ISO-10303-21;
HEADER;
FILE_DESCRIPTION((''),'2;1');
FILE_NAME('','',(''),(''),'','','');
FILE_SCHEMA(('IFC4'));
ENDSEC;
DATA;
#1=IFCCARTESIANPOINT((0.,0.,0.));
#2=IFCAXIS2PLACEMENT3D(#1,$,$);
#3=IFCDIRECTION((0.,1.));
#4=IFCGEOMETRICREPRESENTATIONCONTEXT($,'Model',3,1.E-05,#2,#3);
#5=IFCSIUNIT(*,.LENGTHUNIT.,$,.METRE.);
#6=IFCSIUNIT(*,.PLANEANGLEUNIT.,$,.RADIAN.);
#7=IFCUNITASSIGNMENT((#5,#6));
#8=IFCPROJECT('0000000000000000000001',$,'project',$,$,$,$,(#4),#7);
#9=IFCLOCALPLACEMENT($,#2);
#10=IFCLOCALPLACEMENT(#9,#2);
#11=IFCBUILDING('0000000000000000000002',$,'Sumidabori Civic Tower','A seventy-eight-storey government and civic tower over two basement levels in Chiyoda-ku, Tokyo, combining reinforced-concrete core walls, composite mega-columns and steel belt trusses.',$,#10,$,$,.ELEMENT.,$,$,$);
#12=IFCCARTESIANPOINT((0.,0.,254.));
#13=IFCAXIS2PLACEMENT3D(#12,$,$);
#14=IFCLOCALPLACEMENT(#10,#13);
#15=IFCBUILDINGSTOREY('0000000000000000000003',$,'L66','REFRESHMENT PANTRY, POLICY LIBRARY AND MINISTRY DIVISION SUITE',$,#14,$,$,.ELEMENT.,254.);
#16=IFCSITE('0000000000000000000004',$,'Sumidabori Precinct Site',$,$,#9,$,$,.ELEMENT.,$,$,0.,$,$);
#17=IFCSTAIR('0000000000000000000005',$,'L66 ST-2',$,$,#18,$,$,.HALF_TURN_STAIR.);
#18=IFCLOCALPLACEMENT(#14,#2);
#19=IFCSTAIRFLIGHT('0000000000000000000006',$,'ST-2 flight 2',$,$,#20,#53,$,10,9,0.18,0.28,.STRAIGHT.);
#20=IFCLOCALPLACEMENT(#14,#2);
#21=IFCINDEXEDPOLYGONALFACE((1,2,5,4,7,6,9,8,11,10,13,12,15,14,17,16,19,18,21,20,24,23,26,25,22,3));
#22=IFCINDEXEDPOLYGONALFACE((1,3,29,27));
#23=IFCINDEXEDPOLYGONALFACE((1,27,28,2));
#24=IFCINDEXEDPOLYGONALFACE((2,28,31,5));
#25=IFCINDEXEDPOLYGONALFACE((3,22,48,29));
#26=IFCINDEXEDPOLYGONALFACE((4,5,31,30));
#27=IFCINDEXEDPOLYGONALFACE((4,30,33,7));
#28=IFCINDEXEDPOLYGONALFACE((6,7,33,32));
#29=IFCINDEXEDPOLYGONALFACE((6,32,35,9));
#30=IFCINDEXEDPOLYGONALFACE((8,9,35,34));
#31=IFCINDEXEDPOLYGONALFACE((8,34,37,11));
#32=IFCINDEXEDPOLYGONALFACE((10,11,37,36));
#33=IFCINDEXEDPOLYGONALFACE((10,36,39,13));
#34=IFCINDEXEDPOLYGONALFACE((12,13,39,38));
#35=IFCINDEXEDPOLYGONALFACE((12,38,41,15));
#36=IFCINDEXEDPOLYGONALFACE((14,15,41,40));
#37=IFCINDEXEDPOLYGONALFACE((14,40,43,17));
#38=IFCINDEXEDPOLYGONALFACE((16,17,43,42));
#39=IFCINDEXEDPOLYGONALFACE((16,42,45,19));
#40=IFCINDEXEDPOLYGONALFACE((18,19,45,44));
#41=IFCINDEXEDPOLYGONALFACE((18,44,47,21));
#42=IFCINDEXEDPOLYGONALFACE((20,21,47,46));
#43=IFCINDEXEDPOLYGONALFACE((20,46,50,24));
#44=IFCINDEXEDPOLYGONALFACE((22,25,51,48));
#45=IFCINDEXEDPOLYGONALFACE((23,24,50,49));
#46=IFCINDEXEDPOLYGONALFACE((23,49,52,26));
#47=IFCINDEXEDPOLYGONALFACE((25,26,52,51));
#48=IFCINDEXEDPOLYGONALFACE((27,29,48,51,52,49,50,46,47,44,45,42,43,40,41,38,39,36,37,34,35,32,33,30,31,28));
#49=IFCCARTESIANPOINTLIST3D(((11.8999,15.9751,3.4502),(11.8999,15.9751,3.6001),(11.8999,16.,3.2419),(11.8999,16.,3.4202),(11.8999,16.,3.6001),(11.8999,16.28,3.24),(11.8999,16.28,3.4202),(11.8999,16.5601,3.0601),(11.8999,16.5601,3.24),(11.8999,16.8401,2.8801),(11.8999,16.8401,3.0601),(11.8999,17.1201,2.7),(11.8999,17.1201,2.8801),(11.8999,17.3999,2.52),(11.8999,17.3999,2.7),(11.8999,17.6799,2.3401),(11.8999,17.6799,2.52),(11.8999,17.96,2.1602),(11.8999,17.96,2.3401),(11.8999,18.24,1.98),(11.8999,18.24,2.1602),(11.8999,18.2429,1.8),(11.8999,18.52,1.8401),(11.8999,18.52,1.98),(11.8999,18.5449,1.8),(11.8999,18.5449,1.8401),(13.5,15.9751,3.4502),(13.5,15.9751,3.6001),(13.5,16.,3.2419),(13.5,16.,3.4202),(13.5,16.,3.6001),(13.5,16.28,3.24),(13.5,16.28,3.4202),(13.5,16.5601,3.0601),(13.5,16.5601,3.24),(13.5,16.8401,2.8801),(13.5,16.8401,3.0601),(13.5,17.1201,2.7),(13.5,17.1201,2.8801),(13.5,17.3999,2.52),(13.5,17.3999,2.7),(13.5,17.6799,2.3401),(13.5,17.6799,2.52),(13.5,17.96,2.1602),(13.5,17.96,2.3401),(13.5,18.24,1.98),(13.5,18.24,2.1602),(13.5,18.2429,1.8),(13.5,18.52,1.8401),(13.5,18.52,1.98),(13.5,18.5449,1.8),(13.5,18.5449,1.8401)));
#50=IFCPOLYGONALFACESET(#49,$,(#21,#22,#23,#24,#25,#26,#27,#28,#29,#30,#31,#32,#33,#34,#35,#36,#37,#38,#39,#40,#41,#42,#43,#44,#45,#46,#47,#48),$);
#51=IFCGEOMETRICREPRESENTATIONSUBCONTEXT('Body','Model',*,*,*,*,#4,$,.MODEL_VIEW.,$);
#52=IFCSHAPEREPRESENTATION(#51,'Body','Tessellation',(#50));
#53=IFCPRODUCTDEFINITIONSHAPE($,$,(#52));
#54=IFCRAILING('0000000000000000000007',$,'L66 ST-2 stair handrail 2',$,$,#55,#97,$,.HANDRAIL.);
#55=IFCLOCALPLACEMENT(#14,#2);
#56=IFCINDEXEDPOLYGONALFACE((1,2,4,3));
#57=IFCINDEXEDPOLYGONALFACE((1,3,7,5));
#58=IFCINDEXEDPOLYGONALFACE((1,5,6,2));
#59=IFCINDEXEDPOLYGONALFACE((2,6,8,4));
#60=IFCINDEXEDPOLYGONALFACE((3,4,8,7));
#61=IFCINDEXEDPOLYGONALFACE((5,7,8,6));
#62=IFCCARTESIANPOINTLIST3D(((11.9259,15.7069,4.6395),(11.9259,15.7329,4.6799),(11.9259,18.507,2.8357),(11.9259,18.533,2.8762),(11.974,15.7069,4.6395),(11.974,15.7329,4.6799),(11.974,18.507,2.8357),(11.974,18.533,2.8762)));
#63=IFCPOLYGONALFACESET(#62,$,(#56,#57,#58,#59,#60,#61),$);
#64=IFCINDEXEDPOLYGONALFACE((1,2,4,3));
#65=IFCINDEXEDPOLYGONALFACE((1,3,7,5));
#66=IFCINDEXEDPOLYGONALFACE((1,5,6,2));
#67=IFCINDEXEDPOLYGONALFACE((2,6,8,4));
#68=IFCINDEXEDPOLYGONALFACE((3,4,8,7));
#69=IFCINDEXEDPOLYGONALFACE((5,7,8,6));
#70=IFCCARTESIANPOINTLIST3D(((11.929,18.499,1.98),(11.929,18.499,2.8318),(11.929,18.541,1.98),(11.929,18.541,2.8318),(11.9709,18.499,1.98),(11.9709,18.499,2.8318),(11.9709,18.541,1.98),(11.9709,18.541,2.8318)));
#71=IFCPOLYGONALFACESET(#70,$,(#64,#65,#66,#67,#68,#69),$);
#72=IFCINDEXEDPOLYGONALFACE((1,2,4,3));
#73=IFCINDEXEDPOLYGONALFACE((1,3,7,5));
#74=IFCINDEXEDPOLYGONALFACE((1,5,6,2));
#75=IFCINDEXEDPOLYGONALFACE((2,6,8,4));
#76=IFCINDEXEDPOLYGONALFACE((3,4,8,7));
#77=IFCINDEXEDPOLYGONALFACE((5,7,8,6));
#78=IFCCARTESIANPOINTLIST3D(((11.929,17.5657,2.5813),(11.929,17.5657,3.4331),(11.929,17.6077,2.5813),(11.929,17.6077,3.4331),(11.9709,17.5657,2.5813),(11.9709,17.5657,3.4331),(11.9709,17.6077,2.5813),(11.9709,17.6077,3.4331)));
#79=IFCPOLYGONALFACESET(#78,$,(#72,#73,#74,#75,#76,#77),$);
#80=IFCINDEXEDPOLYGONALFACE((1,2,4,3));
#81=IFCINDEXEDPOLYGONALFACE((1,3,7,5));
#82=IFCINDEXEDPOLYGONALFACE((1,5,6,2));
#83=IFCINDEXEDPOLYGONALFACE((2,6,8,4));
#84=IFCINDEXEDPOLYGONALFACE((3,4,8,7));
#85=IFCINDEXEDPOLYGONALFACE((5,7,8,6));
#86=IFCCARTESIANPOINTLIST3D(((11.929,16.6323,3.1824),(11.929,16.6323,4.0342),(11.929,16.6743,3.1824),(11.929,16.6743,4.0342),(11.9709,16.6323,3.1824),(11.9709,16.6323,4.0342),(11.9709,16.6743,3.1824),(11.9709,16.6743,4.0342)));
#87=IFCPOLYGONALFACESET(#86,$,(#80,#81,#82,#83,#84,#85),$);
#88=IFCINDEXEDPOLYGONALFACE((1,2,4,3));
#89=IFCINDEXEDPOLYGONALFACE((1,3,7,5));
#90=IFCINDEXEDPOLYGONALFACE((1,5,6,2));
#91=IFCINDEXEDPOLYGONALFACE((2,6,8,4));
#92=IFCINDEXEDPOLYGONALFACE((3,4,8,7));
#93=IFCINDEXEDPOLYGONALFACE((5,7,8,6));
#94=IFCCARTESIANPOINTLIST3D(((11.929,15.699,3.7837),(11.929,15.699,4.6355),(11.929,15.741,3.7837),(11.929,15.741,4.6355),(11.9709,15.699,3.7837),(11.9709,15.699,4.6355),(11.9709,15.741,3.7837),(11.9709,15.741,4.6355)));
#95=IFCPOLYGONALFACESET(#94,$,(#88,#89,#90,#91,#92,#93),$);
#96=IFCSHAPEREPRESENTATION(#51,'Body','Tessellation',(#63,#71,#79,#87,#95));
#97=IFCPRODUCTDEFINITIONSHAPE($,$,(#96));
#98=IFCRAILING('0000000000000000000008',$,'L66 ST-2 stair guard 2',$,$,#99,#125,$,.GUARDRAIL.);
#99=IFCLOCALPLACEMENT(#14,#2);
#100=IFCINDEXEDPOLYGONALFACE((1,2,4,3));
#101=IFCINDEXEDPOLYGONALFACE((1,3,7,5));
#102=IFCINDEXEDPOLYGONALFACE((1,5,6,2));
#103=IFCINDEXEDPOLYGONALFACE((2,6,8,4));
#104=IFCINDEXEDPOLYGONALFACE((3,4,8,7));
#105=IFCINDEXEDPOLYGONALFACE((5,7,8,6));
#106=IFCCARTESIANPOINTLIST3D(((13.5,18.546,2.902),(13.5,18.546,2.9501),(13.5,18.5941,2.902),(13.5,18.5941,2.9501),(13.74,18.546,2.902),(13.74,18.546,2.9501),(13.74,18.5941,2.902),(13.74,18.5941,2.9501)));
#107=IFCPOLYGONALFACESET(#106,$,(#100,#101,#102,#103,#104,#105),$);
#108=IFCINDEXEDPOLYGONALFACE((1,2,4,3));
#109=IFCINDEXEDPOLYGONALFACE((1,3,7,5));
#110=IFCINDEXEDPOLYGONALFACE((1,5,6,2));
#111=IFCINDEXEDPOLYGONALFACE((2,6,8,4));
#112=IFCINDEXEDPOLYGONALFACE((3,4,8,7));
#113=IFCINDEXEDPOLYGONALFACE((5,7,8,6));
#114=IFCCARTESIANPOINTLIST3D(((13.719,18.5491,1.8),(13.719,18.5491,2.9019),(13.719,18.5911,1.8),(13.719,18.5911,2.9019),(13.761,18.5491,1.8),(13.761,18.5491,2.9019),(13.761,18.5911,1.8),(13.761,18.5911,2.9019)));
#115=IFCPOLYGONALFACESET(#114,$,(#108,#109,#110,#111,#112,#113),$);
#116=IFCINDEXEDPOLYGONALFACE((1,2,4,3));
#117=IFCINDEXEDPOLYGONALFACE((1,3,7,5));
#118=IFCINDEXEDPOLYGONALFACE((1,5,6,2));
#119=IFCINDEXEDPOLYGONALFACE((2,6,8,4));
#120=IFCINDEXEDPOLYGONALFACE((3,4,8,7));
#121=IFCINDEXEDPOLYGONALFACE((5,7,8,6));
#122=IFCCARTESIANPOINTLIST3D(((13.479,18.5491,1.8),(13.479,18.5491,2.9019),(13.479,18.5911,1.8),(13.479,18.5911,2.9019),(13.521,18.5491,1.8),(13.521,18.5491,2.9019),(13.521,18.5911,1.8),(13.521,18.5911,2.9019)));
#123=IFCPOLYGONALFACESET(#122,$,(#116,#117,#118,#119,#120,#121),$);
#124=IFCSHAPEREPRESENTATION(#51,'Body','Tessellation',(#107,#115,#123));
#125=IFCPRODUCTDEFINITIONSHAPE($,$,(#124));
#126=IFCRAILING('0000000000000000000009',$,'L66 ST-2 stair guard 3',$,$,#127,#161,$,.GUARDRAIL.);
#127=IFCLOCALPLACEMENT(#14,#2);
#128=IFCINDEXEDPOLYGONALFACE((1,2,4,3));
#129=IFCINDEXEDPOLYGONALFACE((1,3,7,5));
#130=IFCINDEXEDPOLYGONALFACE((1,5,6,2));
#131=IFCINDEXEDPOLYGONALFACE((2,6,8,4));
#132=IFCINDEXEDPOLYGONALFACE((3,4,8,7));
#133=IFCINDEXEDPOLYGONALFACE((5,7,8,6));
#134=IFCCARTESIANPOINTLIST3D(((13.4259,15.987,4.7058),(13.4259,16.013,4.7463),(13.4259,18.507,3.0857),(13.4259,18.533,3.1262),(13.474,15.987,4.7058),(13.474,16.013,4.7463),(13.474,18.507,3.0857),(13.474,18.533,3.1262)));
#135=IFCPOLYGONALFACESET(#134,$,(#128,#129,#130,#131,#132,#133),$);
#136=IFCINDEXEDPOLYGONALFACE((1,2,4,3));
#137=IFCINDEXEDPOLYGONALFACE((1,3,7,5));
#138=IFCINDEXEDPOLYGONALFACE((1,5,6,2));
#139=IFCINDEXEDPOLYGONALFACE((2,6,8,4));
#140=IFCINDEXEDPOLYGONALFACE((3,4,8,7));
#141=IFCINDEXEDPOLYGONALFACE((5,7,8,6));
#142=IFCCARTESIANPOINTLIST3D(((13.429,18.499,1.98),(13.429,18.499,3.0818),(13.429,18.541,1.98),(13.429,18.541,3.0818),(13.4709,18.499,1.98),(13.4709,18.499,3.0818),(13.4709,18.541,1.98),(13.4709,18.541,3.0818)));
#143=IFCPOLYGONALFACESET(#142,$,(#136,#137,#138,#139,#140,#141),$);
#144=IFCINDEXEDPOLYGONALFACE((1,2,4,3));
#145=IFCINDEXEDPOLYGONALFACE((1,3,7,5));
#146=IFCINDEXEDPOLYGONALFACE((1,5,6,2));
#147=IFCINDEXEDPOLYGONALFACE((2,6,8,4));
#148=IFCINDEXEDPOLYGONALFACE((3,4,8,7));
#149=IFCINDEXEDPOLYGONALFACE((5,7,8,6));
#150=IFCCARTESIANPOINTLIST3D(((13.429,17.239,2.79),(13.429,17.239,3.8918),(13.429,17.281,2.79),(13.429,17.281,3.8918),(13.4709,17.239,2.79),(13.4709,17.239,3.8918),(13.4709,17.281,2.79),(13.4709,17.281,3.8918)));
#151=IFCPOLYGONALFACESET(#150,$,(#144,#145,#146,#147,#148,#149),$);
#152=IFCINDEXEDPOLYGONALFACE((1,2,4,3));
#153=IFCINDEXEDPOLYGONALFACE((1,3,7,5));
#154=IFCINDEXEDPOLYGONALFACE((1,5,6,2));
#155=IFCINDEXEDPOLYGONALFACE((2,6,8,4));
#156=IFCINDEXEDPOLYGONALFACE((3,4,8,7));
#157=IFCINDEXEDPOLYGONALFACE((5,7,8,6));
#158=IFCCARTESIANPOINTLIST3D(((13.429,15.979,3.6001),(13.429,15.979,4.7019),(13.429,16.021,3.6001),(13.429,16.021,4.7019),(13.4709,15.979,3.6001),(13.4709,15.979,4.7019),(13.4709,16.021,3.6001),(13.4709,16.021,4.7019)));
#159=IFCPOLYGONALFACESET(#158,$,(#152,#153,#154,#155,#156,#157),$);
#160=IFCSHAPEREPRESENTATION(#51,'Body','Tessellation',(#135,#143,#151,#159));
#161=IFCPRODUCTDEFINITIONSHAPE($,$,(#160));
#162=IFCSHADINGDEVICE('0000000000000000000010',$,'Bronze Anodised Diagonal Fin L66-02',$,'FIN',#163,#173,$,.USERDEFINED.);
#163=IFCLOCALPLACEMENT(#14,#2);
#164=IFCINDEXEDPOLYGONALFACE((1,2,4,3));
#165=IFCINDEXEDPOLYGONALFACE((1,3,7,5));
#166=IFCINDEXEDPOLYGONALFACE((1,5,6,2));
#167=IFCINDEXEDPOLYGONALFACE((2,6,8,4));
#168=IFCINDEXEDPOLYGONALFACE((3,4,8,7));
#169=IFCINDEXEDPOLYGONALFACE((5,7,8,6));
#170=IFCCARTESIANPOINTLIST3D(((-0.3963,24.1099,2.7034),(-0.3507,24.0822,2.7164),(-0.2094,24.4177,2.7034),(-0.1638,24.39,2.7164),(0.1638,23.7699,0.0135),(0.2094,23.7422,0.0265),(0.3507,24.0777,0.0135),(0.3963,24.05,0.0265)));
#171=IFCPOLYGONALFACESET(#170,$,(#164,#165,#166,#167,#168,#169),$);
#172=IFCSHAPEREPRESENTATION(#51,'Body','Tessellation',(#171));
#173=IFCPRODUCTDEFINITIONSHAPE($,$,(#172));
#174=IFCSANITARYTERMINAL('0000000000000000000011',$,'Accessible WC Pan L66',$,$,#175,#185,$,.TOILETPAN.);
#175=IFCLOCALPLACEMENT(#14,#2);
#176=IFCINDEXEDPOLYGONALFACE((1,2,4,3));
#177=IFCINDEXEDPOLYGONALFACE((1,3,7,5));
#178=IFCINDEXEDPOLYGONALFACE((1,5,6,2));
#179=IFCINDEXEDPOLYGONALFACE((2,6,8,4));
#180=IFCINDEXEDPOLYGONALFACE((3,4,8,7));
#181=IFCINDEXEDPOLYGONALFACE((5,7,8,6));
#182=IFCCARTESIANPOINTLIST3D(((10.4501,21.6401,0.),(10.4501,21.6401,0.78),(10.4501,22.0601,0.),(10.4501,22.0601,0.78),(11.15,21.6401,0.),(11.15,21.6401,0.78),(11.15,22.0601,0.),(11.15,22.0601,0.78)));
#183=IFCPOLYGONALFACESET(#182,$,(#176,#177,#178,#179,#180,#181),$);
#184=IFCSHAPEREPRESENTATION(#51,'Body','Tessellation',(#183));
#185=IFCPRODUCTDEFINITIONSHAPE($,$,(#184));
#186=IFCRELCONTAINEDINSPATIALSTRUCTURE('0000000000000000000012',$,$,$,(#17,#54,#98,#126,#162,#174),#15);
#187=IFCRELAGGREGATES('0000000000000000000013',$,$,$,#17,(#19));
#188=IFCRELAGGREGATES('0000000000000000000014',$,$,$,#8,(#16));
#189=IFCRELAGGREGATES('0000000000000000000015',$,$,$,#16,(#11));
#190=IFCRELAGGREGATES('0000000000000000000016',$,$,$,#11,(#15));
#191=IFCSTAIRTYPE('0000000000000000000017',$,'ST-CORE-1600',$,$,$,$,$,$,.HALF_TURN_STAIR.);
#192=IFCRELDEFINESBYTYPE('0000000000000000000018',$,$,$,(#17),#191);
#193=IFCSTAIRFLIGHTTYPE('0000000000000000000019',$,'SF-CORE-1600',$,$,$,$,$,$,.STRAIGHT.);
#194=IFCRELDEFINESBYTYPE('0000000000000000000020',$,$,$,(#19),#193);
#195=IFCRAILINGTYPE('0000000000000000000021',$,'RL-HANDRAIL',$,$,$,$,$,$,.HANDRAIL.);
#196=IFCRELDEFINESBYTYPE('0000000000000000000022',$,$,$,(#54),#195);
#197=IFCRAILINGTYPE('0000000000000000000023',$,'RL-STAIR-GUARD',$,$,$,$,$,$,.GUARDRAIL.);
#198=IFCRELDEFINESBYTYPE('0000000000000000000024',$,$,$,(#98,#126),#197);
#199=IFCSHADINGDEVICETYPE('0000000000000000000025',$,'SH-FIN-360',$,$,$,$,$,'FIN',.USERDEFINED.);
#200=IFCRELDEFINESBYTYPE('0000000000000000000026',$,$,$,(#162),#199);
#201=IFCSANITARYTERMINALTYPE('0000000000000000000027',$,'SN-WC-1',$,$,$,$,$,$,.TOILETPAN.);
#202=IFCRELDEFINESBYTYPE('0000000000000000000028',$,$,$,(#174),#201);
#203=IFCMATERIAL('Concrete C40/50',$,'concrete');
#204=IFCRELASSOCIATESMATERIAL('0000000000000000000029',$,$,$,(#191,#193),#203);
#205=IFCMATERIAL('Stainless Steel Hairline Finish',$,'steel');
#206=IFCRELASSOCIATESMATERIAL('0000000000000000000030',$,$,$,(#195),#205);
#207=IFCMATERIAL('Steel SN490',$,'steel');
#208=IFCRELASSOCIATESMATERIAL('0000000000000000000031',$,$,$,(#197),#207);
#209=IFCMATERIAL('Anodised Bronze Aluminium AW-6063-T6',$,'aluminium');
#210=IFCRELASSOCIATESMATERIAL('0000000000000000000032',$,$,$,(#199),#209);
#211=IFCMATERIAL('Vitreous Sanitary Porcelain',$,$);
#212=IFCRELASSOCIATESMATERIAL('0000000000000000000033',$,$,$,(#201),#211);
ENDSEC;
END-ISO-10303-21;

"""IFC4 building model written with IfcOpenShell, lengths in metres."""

from ifc_helpers import new_model, si_unit, direction, frame, origin, origin_2d, place, context, subcontext, project, spatial, polyline, rectangle, outline, extrude, source, transform, mapped, material, material_profile, profile_set, type_object, element, aggregate, save


model = new_model("IFC4")

# Units and contexts
model_context = context("Model", 3, precision=1e-05, world=origin(), true_north=direction((0.0, 1.0)))
body_context = subcontext(model_context, "Body", "Model", "MODEL_VIEW")
ifc_project = project(units=[si_unit("LENGTHUNIT", "METRE"), si_unit("PLANEANGLEUNIT", "RADIAN")], contexts=[model_context])

# Site, building, storey
site_placement = place(None, origin())
site = spatial("IfcSite", under=ifc_project, at=site_placement, Name="Sumidabori Precinct Site", CompositionType="ELEMENT", RefElevation=0.0)
building_placement = place(site_placement, origin())
building = spatial("IfcBuilding", under=site, at=building_placement, Name="Sumidabori Civic Tower", Description="A seventy-eight-storey government and civic tower over two basement levels in Chiyoda-ku, Tokyo, combining reinforced-concrete core walls, composite mega-columns and steel belt trusses.", CompositionType="ELEMENT")
storey_placement = place(building_placement, frame((0.0, 0.0, 254.0)))
storey = spatial("IfcBuildingStorey", under=building, at=storey_placement, Name="L66", Description="REFRESHMENT PANTRY, POLICY LIBRARY AND MINISTRY DIVISION SUITE", CompositionType="ELEMENT", Elevation=254.0)

# Shared definitions
ifc_material_1 = material(Name="Steel SN490", Category="steel")

# Shared definitions
ifc_material_2 = material(Name="Anodised Bronze Aluminium AW-6063-T6", Category="aluminium")

# Stair, stair flight
ifc_material_3 = material(Name="Concrete C40/50", Category="concrete")
stair_type = type_object("IfcStairType", Name="ST-CORE-1600", PredefinedType="HALF_TURN_STAIR", material=ifc_material_3)
stair_placement = place(storey_placement, origin())
stair = element("IfcStair", 1, at=stair_placement, inside=storey, type_object=stair_type, Name="L66 ST-2", PredefinedType="HALF_TURN_STAIR")
stair_flight_type = type_object("IfcStairFlightType", Name="SF-CORE-1600", PredefinedType="STRAIGHT", material=ifc_material_3)
shared_shape_1 = source(origin(), body_context, "Body", "SweptSolid", [
    extrude(outline(polyline([(-0.0249, 0.0), (-0.0249, 0.04), (0.0, 0.04), (0.0, 0.1799), (0.28, 0.1799), (0.28, 0.3601), (0.5601, 0.3601), (0.5601, 0.54), (0.8401, 0.54), (0.8401, 0.72), (1.1201, 0.72), (1.1201, 0.8999), (1.3999, 0.8999), (1.3999, 1.0801), (1.6799, 1.0801), (1.6799, 1.26), (1.96, 1.26), (1.96, 1.4399), (2.24, 1.4399), (2.24, 1.6201), (2.52, 1.6201), (2.52, 1.8), (2.5449, 1.8), (2.5449, 1.6501), (2.52, 1.4419), (0.2771, 0.0), (-0.0249, 0.0)])), frame((0.0, 0.8, 0.0), z_axis=(0.0, -1.0, 0.0), x_axis=(1.0, 0.0, 0.0)), (0.0, 0.0, 1.0), 1.6001),
])
stair_flight_placement = place(storey_placement, frame((12.7, 18.52, 1.8), z_axis=(0.0, 0.0, 1.0), x_axis=(0.0, -1.0, 0.0)))
stair_flight = element("IfcStairFlight", 2, at=stair_flight_placement, type_object=stair_flight_type, Name="ST-2 flight 2", NumberOfRisers=10, NumberOfTreads=9, PredefinedType="STRAIGHT", RiserHeight=0.18, TreadLength=0.28, context=body_context, shape_type="MappedRepresentation", body=[
    mapped(shared_shape_1, transform((0.0, 0.0, 0.0), x_axis=(1.0, 0.0, 0.0), y_axis=(0.0, 1.0, 0.0), z_axis=(0.0, 0.0, 1.0), scale=1.0)),
])
aggregate(stair, [stair_flight])

# Railings
ifc_material_4 = material(Name="Stainless Steel Hairline Finish", Category="steel")
railing_type_1 = type_object("IfcRailingType", Name="RL-HANDRAIL", PredefinedType="HANDRAIL", material=ifc_material_4)
railing_1_placement = place(storey_placement, frame((11.95, 18.52, 1.98)))
element("IfcRailing", 3, at=railing_1_placement, inside=storey, type_object=railing_type_1, Name="L66 ST-2 stair handrail 2", PredefinedType="HANDRAIL", context=body_context, shape_type="SweptSolid", body=[
    extrude(rectangle(XDim=0.0481, YDim=0.0481, at=origin_2d()), frame((0.0, 0.0, 0.876), z_axis=(0.0, -0.840676, 0.541539), x_axis=(1.0, 0.0, 0.0)), (0.0, 0.0, 1.0), 3.3308),
    extrude(rectangle(XDim=0.042, YDim=0.042, at=origin_2d()), origin(), (0.0, 0.0, 1.0), 0.8518),
    extrude(rectangle(XDim=0.042, YDim=0.042, at=origin_2d()), frame((0.0, -0.9333, 0.6013)), (0.0, 0.0, 1.0), 0.8518),
    extrude(rectangle(XDim=0.042, YDim=0.042, at=origin_2d()), frame((0.0, -1.8667, 1.2024)), (0.0, 0.0, 1.0), 0.8518),
    extrude(rectangle(XDim=0.042, YDim=0.042, at=origin_2d()), frame((0.0, -2.8, 1.8037)), (0.0, 0.0, 1.0), 0.8518),
])
railing_type_2 = type_object("IfcRailingType", Name="RL-STAIR-GUARD", PredefinedType="GUARDRAIL", material=ifc_material_1)
railing_2_placement = place(storey_placement, frame((13.74, 18.5701, 1.8)))
element("IfcRailing", 4, at=railing_2_placement, inside=storey, type_object=railing_type_2, Name="L66 ST-2 stair guard 2", PredefinedType="GUARDRAIL", context=body_context, shape_type="SweptSolid", body=[
    extrude(rectangle(XDim=0.0481, YDim=0.0481, at=origin_2d()), frame((0.0, 0.0, 1.126), z_axis=(-1.0, 0.0, 0.0), x_axis=(0.0, -1.0, 0.0)), (0.0, 0.0, 1.0), 0.24),
    extrude(rectangle(XDim=0.042, YDim=0.042, at=origin_2d()), origin(), (0.0, 0.0, 1.0), 1.1018),
    extrude(rectangle(XDim=0.042, YDim=0.042, at=origin_2d()), frame((-0.24, 0.0, 0.0)), (0.0, 0.0, 1.0), 1.1018),
])
railing_3_placement = place(storey_placement, frame((13.45, 18.52, 1.98)))
element("IfcRailing", 5, at=railing_3_placement, inside=storey, type_object=railing_type_2, Name="L66 ST-2 stair guard 3", PredefinedType="GUARDRAIL", context=body_context, shape_type="SweptSolid", body=[
    extrude(rectangle(XDim=0.0481, YDim=0.0481, at=origin_2d()), frame((0.0, 0.0, 1.126), z_axis=(0.0, -0.841163, 0.540782), x_axis=(1.0, 0.0, 0.0)), (0.0, 0.0, 1.0), 2.9958),
    extrude(rectangle(XDim=0.042, YDim=0.042, at=origin_2d()), origin(), (0.0, 0.0, 1.0), 1.1018),
    extrude(rectangle(XDim=0.042, YDim=0.042, at=origin_2d()), frame((0.0, -1.26, 0.8101)), (0.0, 0.0, 1.0), 1.1018),
    extrude(rectangle(XDim=0.042, YDim=0.042, at=origin_2d()), frame((0.0, -2.52, 1.6201)), (0.0, 0.0, 1.0), 1.1018),
])

# Shading device
ifc_material_profile_1 = material_profile(ifc_material_2, rectangle(XDim=0.0549, YDim=0.3601, at=origin_2d()), Name="BRONZE FIN 360x55")
ifc_profile_set_1 = profile_set([ifc_material_profile_1], Name="Anodised Bronze Aluminium AW-6063-T6")
shading_device_type = type_object("IfcShadingDeviceType", Name="SH-FIN-360", ElementType="FIN", PredefinedType="USERDEFINED", material=ifc_profile_set_1)
shared_shape_2 = source(origin(), body_context, "Body", "SweptSolid", [
    extrude(rectangle(XDim=0.0549, YDim=0.3601, at=origin_2d()), origin(), (0.0, 0.0, 1.0), 2.7686),
])
shading_device_placement = place(storey_placement, frame((0.28, 23.9099, 0.02), z_axis=(-0.20229, 0.122838, 0.971591), x_axis=(0.83047, -0.504291, 0.236665)))
element("IfcShadingDevice", 6, at=shading_device_placement, inside=storey, type_object=shading_device_type, Name="Bronze Anodised Diagonal Fin L66-02", ObjectType="FIN", PredefinedType="USERDEFINED", context=body_context, shape_type="MappedRepresentation", body=[
    mapped(shared_shape_2, transform((0.0, 0.0, 0.0), x_axis=(1.0, 0.0, 0.0), y_axis=(0.0, 1.0, 0.0), z_axis=(0.0, 0.0, 1.0), scale=1.0)),
])

# Sanitary terminal
ifc_material_5 = material(Name="Vitreous Sanitary Porcelain")
sanitary_terminal_type_1 = type_object("IfcSanitaryTerminalType", Name="SN-WC-1", PredefinedType="TOILETPAN", material=ifc_material_5)
shared_shape_3 = source(origin(), body_context, "Body", "SweptSolid", [
    extrude(rectangle(XDim=0.7, YDim=0.4199, at=origin_2d()), origin(), (0.0, 0.0, 1.0), 0.78),
])
sanitary_terminal_1_placement = place(storey_placement, frame((10.8, 21.8501, 0.0), z_axis=(0.0, 0.0, 1.0), x_axis=(1.0, 0.0, 0.0)))
element("IfcSanitaryTerminal", 7, at=sanitary_terminal_1_placement, inside=storey, type_object=sanitary_terminal_type_1, Name="Accessible WC Pan L66", PredefinedType="TOILETPAN", context=body_context, shape_type="MappedRepresentation", body=[
    mapped(shared_shape_3, transform((0.0, 0.0, 0.0), x_axis=(1.0, 0.0, 0.0), y_axis=(0.0, 1.0, 0.0), z_axis=(0.0, 0.0, 1.0), scale=1.0)),
])

save(model, "model.ifc")
